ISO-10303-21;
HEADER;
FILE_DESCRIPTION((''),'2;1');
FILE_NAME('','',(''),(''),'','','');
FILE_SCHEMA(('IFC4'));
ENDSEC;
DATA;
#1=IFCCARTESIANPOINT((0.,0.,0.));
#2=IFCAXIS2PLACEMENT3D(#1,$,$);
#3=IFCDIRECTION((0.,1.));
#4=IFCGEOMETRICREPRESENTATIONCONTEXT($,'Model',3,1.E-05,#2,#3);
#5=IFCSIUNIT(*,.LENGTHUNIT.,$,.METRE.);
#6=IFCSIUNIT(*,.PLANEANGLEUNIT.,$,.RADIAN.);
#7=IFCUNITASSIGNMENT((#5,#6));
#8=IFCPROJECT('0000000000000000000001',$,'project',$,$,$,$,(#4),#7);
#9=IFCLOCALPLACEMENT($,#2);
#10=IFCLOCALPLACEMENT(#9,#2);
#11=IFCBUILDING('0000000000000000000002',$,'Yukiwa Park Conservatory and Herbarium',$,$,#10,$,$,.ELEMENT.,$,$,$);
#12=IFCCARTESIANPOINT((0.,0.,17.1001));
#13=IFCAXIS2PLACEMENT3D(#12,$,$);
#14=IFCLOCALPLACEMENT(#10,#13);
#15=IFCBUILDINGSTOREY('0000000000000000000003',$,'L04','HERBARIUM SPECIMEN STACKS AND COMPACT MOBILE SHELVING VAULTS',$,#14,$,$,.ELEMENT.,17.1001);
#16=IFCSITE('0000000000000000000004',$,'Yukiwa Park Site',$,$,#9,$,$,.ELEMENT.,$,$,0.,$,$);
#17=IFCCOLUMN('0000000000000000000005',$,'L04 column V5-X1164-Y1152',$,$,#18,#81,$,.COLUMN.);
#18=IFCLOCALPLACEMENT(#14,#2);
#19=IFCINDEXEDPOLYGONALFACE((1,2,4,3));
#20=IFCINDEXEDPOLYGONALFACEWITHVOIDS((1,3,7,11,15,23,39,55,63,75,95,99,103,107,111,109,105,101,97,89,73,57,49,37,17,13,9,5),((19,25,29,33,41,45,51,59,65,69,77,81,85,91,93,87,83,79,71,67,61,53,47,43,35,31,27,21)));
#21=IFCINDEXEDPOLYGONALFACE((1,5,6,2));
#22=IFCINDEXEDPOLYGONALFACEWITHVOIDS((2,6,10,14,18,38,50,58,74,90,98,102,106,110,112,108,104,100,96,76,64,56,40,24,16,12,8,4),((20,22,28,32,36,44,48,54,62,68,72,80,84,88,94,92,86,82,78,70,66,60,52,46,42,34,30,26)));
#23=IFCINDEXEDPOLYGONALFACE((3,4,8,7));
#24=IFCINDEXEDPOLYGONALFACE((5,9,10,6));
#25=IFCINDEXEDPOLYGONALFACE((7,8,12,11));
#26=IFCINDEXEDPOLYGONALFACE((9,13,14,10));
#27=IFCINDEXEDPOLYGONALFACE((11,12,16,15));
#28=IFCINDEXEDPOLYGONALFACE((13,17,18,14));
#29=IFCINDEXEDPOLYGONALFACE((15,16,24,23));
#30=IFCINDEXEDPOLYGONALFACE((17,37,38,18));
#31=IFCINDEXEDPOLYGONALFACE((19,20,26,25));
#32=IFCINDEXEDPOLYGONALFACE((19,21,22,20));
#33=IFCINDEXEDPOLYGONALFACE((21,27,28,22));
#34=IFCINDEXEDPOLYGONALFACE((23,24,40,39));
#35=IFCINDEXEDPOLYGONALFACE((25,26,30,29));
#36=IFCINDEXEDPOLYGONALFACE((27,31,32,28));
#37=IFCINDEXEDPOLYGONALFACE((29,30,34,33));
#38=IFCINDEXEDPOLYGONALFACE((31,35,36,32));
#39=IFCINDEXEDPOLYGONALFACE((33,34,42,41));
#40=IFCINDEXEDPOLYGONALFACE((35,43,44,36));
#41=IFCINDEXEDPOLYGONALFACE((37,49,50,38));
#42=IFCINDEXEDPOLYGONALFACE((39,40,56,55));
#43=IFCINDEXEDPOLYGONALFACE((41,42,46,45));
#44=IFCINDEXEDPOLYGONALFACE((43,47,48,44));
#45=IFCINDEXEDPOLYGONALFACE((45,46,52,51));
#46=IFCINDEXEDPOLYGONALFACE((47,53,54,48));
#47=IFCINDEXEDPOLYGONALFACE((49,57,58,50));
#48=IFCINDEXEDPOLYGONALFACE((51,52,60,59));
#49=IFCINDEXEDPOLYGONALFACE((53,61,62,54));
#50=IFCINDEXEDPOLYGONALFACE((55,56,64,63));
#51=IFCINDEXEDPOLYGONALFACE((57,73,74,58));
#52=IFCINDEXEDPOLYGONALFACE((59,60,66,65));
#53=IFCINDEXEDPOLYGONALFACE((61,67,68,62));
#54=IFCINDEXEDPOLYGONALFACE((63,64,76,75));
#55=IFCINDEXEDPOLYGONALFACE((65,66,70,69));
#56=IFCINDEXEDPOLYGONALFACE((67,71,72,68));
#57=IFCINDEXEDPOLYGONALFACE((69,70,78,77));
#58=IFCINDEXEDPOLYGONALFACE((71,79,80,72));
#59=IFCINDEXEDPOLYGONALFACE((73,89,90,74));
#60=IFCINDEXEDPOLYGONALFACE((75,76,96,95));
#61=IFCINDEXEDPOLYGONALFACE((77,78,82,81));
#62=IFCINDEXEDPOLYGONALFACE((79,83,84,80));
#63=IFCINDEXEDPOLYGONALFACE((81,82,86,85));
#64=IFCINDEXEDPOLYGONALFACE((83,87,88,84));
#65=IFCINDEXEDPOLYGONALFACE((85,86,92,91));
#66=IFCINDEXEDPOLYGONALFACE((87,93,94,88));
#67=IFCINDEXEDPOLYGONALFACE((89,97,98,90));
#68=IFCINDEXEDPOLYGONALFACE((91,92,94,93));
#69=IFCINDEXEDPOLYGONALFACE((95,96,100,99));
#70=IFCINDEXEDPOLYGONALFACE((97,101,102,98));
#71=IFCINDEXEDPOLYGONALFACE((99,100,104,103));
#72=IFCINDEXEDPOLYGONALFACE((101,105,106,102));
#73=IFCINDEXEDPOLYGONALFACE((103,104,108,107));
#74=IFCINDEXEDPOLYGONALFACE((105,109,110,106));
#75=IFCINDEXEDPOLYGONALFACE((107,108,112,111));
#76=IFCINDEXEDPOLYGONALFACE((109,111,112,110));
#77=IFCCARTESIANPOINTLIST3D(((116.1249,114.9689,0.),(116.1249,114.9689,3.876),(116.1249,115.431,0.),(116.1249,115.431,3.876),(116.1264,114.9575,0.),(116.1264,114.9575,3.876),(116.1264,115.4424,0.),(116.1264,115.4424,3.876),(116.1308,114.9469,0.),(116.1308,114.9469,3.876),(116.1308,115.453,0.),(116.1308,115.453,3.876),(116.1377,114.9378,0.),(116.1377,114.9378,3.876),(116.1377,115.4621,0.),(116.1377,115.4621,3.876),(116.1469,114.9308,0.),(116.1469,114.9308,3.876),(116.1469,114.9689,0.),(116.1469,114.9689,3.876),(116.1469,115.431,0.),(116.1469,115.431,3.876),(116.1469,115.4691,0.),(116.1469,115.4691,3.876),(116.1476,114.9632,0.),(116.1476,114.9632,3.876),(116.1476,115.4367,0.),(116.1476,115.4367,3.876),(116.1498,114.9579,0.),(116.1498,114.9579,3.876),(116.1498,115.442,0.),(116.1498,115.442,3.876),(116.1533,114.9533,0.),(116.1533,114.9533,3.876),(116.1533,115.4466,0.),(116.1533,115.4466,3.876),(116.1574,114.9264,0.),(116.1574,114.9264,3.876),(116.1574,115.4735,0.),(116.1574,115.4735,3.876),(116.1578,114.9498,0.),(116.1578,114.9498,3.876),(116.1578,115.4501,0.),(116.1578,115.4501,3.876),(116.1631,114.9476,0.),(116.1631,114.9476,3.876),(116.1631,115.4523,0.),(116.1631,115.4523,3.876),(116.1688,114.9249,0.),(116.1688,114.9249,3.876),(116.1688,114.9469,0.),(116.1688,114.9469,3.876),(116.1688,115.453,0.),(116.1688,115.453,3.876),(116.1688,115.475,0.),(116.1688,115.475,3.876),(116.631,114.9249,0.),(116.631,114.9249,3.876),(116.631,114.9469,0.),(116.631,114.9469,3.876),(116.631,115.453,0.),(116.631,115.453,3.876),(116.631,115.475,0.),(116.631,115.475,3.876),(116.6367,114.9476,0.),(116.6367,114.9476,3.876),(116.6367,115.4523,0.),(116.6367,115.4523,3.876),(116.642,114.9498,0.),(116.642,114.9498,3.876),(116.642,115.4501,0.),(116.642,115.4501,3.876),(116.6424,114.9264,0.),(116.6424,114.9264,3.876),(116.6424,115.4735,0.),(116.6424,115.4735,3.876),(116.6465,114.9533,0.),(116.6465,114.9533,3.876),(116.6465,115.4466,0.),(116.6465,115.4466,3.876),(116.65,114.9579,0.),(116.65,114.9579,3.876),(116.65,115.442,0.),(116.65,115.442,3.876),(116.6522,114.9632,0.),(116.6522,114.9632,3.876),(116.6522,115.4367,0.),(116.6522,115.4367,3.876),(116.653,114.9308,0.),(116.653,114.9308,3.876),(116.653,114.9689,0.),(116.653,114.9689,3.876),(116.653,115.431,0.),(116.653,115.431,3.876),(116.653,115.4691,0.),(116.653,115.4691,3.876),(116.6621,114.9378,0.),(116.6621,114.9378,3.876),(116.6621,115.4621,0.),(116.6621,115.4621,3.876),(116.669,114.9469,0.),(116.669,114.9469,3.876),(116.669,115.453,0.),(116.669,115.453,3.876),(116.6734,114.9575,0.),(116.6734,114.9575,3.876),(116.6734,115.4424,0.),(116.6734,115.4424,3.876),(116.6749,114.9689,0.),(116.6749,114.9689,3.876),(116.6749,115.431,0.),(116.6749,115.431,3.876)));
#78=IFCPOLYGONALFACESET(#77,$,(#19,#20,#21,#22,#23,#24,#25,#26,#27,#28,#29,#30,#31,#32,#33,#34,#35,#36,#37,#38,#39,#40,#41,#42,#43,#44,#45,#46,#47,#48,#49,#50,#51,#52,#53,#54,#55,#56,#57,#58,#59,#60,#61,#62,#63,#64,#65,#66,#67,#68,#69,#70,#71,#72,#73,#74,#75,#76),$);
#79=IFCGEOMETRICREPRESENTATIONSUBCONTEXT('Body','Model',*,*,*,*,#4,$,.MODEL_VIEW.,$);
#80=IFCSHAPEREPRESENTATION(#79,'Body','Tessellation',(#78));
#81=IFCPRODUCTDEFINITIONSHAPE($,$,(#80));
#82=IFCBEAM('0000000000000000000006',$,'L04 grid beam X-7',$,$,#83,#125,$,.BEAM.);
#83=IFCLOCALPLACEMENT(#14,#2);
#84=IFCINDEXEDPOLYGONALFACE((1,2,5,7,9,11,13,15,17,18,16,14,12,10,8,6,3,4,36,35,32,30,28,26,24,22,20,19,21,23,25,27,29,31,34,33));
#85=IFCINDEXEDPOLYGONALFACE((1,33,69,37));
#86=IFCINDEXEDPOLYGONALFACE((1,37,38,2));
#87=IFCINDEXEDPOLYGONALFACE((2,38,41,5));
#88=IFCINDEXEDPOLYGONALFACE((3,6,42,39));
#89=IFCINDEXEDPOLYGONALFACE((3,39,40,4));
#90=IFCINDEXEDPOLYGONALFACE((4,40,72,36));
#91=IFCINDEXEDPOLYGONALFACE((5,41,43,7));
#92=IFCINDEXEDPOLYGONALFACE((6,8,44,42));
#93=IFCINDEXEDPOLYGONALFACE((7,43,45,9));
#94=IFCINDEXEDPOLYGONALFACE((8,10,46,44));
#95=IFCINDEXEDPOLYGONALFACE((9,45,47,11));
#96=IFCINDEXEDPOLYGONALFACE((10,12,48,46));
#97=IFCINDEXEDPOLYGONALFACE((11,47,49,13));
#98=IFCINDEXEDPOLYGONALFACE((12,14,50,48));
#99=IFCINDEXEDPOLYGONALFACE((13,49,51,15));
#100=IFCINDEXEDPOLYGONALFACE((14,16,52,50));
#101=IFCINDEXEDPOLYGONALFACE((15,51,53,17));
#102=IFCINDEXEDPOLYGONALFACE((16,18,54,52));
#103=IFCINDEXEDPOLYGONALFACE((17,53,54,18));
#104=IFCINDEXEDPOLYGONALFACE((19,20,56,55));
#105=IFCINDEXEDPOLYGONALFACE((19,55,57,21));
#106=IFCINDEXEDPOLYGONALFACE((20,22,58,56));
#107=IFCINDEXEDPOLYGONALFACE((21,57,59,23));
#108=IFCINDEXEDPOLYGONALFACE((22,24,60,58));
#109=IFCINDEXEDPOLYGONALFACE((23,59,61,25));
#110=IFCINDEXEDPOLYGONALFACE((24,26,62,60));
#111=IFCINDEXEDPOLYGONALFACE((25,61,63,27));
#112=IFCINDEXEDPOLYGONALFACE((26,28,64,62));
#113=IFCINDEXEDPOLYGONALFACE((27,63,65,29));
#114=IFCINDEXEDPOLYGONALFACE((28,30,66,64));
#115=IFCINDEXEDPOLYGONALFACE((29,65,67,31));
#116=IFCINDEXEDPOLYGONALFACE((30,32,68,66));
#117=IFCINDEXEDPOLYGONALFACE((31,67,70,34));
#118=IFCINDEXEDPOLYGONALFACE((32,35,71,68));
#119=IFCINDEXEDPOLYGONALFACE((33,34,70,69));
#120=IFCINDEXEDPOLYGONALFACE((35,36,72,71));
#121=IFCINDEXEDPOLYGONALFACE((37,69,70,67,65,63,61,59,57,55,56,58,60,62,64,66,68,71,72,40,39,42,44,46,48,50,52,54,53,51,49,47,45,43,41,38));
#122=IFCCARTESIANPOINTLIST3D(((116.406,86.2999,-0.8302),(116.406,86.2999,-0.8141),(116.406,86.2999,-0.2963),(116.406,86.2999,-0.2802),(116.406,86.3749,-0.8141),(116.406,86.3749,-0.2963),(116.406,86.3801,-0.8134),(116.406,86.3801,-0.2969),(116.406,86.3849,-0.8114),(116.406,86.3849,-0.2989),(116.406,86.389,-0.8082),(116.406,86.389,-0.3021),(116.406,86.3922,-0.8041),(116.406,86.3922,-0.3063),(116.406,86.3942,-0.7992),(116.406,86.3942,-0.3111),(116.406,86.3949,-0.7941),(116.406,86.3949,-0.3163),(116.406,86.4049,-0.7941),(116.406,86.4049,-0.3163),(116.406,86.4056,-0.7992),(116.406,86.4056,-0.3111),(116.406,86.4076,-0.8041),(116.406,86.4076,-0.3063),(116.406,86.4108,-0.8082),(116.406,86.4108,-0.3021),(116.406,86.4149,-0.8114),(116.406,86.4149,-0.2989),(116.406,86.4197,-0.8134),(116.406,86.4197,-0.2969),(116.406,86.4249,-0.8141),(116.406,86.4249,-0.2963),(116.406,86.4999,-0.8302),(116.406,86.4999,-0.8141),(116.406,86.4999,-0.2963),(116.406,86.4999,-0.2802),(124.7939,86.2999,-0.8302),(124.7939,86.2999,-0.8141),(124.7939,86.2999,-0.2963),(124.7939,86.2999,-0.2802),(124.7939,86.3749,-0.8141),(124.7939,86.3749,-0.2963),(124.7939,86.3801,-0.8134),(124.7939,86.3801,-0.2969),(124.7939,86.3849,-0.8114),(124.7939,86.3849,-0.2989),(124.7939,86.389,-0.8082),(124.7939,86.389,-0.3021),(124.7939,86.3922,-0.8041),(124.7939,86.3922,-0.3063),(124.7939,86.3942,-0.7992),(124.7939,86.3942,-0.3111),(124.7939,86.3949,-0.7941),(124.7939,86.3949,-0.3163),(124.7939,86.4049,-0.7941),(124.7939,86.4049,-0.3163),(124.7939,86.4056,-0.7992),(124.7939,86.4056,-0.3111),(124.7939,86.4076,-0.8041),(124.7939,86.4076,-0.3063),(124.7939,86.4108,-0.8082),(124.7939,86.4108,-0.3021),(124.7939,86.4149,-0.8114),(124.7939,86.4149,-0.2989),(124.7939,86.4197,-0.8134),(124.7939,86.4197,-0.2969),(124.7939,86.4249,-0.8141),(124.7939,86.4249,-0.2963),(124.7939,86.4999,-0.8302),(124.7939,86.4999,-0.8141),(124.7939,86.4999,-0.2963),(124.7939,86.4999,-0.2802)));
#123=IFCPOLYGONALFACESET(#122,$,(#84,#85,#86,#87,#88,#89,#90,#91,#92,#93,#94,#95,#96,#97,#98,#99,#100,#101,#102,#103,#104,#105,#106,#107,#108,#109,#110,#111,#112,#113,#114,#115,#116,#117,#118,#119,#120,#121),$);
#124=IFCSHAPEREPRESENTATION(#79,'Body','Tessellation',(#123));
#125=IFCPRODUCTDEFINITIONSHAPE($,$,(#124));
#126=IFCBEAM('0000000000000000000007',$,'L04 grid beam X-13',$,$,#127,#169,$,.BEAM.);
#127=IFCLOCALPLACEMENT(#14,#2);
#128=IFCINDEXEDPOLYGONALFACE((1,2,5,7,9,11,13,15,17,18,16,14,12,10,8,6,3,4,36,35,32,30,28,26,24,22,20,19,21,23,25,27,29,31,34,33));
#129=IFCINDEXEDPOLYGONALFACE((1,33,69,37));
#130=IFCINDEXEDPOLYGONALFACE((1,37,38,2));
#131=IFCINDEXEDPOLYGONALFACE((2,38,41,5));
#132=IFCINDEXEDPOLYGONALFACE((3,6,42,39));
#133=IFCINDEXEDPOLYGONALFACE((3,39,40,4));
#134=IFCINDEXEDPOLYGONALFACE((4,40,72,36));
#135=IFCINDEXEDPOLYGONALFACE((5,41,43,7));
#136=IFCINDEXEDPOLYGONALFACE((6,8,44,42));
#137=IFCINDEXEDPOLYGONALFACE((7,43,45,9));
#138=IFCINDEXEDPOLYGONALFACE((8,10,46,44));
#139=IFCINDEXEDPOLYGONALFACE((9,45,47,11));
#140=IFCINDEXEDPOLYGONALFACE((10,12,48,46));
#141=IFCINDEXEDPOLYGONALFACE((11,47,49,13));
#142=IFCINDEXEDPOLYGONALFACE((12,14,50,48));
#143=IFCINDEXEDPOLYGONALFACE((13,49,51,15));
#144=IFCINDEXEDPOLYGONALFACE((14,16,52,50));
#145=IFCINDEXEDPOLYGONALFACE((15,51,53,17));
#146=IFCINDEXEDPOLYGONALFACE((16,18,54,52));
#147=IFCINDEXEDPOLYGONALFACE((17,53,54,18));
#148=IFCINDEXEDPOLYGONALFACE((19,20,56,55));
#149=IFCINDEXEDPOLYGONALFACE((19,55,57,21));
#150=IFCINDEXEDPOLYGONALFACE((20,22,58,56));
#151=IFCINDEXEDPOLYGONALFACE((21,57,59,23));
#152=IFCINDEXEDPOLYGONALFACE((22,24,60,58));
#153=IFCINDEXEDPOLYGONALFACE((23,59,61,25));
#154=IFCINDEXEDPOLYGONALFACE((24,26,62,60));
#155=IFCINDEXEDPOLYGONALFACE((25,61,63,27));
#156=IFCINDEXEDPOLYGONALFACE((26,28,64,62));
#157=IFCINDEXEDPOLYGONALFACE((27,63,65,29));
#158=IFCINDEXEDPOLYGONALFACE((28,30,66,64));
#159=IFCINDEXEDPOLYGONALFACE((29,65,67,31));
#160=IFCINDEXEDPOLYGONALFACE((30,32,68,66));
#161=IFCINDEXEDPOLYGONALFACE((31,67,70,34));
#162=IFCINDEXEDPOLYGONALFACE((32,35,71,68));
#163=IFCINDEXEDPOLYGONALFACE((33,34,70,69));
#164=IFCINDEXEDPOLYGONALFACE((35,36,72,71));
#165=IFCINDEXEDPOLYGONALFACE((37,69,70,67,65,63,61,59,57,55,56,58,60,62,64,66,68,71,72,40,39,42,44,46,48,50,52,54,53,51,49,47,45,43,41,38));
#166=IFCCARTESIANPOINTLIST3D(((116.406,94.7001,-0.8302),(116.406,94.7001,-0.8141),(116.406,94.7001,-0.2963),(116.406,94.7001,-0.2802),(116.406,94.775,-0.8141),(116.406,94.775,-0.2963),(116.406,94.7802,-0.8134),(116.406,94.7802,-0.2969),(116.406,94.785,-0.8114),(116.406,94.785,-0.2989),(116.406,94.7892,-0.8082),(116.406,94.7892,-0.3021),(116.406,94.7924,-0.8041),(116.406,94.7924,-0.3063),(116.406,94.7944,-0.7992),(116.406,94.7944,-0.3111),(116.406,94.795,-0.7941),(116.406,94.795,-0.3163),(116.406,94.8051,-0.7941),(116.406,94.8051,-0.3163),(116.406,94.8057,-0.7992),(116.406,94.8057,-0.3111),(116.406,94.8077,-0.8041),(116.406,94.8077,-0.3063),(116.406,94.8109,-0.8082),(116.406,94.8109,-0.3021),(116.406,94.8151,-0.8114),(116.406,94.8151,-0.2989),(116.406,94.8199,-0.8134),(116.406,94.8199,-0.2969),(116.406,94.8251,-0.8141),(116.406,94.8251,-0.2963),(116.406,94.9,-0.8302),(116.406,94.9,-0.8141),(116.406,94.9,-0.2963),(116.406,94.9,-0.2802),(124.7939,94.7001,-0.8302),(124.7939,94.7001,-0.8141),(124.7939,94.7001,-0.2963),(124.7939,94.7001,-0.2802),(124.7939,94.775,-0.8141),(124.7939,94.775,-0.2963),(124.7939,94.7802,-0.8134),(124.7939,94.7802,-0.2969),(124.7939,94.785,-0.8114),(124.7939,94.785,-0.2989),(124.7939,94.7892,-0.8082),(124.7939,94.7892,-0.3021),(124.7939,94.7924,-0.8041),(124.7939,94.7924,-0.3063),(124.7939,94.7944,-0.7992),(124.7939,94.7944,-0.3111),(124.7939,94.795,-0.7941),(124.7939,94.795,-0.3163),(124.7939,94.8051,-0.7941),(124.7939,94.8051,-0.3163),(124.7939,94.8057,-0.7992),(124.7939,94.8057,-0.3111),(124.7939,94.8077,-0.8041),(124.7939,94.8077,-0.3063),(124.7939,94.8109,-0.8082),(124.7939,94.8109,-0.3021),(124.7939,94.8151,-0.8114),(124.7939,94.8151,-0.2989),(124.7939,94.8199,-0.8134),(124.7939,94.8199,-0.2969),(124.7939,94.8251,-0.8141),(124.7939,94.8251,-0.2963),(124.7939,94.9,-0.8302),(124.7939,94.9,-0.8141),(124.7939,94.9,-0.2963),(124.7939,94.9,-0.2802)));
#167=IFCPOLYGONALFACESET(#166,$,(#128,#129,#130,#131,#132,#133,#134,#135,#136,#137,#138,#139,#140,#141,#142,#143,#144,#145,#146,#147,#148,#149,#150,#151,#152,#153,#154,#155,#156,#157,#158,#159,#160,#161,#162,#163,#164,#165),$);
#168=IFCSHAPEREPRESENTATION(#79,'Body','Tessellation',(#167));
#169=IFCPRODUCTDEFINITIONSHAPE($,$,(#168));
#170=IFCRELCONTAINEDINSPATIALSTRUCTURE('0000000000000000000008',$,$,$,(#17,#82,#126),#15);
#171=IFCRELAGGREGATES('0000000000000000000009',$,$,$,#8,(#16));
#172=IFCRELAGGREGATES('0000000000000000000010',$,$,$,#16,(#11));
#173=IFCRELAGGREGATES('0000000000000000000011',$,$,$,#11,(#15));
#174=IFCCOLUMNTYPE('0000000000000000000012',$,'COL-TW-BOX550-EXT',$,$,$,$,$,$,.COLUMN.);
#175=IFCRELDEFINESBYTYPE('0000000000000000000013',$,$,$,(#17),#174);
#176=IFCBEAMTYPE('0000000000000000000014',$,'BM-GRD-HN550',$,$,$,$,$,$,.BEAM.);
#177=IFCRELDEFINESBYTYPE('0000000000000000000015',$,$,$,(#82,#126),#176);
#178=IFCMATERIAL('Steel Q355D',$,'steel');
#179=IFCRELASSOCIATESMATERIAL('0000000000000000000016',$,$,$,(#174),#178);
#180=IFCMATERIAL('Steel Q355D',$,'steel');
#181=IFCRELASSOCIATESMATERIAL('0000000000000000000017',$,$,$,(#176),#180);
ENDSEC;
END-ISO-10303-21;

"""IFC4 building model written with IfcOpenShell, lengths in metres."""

from ifc_helpers import new_model, si_unit, direction, frame, origin, origin_2d, place, context, subcontext, project, spatial, hollow_rectangle, i_section, extrude, material, material_profile, profile_set, type_object, element, save


model = new_model("IFC4")

# Units and contexts
model_context = context("Model", 3, precision=1e-05, world=origin(), true_north=direction((0.0, 1.0)))
body_context = subcontext(model_context, "Body", "Model", "MODEL_VIEW")
ifc_project = project(units=[si_unit("LENGTHUNIT", "METRE"), si_unit("PLANEANGLEUNIT", "RADIAN")], contexts=[model_context])

# Site, building, storey
site_placement = place(None, origin())
site = spatial("IfcSite", under=ifc_project, at=site_placement, Name="Yukiwa Park Site", CompositionType="ELEMENT", RefElevation=0.0)
building_placement = place(site_placement, origin())
building = spatial("IfcBuilding", under=site, at=building_placement, Name="Yukiwa Park Conservatory and Herbarium", CompositionType="ELEMENT")
storey_placement = place(building_placement, frame((0.0, 0.0, 17.1001)))
storey = spatial("IfcBuildingStorey", under=building, at=storey_placement, Name="L04", Description="HERBARIUM SPECIMEN STACKS AND COMPACT MOBILE SHELVING VAULTS", CompositionType="ELEMENT", Elevation=17.1001)

# Column
ifc_material_1 = material(Name="Steel Q355D", Category="steel")
ifc_material_profile_1 = material_profile(ifc_material_1, hollow_rectangle(XDim=0.55, YDim=0.55, WallThickness=0.022, InnerFilletRadius=0.022, OuterFilletRadius=0.0439, at=origin_2d()), Name="BOX 550x550x22")
ifc_profile_set_1 = profile_set([ifc_material_profile_1], Name="Steel Q355D")
column_type = type_object("IfcColumnType", Name="COL-TW-BOX550-EXT", PredefinedType="COLUMN", material=ifc_profile_set_1)
column_placement = place(storey_placement, frame((116.3999, 115.2, 0.0), z_axis=(0.0, 0.0, 1.0), x_axis=(1.0, 0.0, 0.0)))
element("IfcColumn", 1, at=column_placement, inside=storey, type_object=column_type, Name="L04 column V5-X1164-Y1152", PredefinedType="COLUMN", context=body_context, shape_type="SweptSolid", body=[
    extrude(hollow_rectangle(XDim=0.55, YDim=0.55, WallThickness=0.022, InnerFilletRadius=0.022, OuterFilletRadius=0.0439, at=origin_2d()), origin(), (0.0, 0.0, 1.0), 3.876),
])

# Beams
ifc_material_2 = material(Name="Steel Q355D", Category="steel")
ifc_material_profile_2 = material_profile(ifc_material_2, i_section(OverallWidth=0.2, OverallDepth=0.55, WebThickness=0.01, FlangeThickness=0.0161, FilletRadius=0.02, at=origin_2d()), Name="HN 550x200x10x16")
ifc_profile_set_2 = profile_set([ifc_material_profile_2], Name="Steel Q355D")
beam_type_1 = type_object("IfcBeamType", Name="BM-GRD-HN550", PredefinedType="BEAM", material=ifc_profile_set_2)
for number, where, z_axis, x_axis, name in (
    (2, (116.406, 86.3999, -0.5552), (1.0, 0.0, 0.0), (0.0, 1.0, 0.0), "L04 grid beam X-7"),
    (3, (116.406, 94.8, -0.5552), (1.0, 0.0, 0.0), (0.0, 1.0, 0.0), "L04 grid beam X-13"),
):
    element("IfcBeam", number, at=place(storey_placement, frame(where, z_axis=z_axis, x_axis=x_axis)), inside=storey, type_object=beam_type_1, Name=name, PredefinedType="BEAM", context=body_context, shape_type="SweptSolid", body=[
        extrude(i_section(OverallWidth=0.2, OverallDepth=0.55, WebThickness=0.01, FlangeThickness=0.0161, FilletRadius=0.02, at=origin_2d()), origin(), (0.0, 0.0, 1.0), 8.3879),
    ])

save(model, "model.ifc")
